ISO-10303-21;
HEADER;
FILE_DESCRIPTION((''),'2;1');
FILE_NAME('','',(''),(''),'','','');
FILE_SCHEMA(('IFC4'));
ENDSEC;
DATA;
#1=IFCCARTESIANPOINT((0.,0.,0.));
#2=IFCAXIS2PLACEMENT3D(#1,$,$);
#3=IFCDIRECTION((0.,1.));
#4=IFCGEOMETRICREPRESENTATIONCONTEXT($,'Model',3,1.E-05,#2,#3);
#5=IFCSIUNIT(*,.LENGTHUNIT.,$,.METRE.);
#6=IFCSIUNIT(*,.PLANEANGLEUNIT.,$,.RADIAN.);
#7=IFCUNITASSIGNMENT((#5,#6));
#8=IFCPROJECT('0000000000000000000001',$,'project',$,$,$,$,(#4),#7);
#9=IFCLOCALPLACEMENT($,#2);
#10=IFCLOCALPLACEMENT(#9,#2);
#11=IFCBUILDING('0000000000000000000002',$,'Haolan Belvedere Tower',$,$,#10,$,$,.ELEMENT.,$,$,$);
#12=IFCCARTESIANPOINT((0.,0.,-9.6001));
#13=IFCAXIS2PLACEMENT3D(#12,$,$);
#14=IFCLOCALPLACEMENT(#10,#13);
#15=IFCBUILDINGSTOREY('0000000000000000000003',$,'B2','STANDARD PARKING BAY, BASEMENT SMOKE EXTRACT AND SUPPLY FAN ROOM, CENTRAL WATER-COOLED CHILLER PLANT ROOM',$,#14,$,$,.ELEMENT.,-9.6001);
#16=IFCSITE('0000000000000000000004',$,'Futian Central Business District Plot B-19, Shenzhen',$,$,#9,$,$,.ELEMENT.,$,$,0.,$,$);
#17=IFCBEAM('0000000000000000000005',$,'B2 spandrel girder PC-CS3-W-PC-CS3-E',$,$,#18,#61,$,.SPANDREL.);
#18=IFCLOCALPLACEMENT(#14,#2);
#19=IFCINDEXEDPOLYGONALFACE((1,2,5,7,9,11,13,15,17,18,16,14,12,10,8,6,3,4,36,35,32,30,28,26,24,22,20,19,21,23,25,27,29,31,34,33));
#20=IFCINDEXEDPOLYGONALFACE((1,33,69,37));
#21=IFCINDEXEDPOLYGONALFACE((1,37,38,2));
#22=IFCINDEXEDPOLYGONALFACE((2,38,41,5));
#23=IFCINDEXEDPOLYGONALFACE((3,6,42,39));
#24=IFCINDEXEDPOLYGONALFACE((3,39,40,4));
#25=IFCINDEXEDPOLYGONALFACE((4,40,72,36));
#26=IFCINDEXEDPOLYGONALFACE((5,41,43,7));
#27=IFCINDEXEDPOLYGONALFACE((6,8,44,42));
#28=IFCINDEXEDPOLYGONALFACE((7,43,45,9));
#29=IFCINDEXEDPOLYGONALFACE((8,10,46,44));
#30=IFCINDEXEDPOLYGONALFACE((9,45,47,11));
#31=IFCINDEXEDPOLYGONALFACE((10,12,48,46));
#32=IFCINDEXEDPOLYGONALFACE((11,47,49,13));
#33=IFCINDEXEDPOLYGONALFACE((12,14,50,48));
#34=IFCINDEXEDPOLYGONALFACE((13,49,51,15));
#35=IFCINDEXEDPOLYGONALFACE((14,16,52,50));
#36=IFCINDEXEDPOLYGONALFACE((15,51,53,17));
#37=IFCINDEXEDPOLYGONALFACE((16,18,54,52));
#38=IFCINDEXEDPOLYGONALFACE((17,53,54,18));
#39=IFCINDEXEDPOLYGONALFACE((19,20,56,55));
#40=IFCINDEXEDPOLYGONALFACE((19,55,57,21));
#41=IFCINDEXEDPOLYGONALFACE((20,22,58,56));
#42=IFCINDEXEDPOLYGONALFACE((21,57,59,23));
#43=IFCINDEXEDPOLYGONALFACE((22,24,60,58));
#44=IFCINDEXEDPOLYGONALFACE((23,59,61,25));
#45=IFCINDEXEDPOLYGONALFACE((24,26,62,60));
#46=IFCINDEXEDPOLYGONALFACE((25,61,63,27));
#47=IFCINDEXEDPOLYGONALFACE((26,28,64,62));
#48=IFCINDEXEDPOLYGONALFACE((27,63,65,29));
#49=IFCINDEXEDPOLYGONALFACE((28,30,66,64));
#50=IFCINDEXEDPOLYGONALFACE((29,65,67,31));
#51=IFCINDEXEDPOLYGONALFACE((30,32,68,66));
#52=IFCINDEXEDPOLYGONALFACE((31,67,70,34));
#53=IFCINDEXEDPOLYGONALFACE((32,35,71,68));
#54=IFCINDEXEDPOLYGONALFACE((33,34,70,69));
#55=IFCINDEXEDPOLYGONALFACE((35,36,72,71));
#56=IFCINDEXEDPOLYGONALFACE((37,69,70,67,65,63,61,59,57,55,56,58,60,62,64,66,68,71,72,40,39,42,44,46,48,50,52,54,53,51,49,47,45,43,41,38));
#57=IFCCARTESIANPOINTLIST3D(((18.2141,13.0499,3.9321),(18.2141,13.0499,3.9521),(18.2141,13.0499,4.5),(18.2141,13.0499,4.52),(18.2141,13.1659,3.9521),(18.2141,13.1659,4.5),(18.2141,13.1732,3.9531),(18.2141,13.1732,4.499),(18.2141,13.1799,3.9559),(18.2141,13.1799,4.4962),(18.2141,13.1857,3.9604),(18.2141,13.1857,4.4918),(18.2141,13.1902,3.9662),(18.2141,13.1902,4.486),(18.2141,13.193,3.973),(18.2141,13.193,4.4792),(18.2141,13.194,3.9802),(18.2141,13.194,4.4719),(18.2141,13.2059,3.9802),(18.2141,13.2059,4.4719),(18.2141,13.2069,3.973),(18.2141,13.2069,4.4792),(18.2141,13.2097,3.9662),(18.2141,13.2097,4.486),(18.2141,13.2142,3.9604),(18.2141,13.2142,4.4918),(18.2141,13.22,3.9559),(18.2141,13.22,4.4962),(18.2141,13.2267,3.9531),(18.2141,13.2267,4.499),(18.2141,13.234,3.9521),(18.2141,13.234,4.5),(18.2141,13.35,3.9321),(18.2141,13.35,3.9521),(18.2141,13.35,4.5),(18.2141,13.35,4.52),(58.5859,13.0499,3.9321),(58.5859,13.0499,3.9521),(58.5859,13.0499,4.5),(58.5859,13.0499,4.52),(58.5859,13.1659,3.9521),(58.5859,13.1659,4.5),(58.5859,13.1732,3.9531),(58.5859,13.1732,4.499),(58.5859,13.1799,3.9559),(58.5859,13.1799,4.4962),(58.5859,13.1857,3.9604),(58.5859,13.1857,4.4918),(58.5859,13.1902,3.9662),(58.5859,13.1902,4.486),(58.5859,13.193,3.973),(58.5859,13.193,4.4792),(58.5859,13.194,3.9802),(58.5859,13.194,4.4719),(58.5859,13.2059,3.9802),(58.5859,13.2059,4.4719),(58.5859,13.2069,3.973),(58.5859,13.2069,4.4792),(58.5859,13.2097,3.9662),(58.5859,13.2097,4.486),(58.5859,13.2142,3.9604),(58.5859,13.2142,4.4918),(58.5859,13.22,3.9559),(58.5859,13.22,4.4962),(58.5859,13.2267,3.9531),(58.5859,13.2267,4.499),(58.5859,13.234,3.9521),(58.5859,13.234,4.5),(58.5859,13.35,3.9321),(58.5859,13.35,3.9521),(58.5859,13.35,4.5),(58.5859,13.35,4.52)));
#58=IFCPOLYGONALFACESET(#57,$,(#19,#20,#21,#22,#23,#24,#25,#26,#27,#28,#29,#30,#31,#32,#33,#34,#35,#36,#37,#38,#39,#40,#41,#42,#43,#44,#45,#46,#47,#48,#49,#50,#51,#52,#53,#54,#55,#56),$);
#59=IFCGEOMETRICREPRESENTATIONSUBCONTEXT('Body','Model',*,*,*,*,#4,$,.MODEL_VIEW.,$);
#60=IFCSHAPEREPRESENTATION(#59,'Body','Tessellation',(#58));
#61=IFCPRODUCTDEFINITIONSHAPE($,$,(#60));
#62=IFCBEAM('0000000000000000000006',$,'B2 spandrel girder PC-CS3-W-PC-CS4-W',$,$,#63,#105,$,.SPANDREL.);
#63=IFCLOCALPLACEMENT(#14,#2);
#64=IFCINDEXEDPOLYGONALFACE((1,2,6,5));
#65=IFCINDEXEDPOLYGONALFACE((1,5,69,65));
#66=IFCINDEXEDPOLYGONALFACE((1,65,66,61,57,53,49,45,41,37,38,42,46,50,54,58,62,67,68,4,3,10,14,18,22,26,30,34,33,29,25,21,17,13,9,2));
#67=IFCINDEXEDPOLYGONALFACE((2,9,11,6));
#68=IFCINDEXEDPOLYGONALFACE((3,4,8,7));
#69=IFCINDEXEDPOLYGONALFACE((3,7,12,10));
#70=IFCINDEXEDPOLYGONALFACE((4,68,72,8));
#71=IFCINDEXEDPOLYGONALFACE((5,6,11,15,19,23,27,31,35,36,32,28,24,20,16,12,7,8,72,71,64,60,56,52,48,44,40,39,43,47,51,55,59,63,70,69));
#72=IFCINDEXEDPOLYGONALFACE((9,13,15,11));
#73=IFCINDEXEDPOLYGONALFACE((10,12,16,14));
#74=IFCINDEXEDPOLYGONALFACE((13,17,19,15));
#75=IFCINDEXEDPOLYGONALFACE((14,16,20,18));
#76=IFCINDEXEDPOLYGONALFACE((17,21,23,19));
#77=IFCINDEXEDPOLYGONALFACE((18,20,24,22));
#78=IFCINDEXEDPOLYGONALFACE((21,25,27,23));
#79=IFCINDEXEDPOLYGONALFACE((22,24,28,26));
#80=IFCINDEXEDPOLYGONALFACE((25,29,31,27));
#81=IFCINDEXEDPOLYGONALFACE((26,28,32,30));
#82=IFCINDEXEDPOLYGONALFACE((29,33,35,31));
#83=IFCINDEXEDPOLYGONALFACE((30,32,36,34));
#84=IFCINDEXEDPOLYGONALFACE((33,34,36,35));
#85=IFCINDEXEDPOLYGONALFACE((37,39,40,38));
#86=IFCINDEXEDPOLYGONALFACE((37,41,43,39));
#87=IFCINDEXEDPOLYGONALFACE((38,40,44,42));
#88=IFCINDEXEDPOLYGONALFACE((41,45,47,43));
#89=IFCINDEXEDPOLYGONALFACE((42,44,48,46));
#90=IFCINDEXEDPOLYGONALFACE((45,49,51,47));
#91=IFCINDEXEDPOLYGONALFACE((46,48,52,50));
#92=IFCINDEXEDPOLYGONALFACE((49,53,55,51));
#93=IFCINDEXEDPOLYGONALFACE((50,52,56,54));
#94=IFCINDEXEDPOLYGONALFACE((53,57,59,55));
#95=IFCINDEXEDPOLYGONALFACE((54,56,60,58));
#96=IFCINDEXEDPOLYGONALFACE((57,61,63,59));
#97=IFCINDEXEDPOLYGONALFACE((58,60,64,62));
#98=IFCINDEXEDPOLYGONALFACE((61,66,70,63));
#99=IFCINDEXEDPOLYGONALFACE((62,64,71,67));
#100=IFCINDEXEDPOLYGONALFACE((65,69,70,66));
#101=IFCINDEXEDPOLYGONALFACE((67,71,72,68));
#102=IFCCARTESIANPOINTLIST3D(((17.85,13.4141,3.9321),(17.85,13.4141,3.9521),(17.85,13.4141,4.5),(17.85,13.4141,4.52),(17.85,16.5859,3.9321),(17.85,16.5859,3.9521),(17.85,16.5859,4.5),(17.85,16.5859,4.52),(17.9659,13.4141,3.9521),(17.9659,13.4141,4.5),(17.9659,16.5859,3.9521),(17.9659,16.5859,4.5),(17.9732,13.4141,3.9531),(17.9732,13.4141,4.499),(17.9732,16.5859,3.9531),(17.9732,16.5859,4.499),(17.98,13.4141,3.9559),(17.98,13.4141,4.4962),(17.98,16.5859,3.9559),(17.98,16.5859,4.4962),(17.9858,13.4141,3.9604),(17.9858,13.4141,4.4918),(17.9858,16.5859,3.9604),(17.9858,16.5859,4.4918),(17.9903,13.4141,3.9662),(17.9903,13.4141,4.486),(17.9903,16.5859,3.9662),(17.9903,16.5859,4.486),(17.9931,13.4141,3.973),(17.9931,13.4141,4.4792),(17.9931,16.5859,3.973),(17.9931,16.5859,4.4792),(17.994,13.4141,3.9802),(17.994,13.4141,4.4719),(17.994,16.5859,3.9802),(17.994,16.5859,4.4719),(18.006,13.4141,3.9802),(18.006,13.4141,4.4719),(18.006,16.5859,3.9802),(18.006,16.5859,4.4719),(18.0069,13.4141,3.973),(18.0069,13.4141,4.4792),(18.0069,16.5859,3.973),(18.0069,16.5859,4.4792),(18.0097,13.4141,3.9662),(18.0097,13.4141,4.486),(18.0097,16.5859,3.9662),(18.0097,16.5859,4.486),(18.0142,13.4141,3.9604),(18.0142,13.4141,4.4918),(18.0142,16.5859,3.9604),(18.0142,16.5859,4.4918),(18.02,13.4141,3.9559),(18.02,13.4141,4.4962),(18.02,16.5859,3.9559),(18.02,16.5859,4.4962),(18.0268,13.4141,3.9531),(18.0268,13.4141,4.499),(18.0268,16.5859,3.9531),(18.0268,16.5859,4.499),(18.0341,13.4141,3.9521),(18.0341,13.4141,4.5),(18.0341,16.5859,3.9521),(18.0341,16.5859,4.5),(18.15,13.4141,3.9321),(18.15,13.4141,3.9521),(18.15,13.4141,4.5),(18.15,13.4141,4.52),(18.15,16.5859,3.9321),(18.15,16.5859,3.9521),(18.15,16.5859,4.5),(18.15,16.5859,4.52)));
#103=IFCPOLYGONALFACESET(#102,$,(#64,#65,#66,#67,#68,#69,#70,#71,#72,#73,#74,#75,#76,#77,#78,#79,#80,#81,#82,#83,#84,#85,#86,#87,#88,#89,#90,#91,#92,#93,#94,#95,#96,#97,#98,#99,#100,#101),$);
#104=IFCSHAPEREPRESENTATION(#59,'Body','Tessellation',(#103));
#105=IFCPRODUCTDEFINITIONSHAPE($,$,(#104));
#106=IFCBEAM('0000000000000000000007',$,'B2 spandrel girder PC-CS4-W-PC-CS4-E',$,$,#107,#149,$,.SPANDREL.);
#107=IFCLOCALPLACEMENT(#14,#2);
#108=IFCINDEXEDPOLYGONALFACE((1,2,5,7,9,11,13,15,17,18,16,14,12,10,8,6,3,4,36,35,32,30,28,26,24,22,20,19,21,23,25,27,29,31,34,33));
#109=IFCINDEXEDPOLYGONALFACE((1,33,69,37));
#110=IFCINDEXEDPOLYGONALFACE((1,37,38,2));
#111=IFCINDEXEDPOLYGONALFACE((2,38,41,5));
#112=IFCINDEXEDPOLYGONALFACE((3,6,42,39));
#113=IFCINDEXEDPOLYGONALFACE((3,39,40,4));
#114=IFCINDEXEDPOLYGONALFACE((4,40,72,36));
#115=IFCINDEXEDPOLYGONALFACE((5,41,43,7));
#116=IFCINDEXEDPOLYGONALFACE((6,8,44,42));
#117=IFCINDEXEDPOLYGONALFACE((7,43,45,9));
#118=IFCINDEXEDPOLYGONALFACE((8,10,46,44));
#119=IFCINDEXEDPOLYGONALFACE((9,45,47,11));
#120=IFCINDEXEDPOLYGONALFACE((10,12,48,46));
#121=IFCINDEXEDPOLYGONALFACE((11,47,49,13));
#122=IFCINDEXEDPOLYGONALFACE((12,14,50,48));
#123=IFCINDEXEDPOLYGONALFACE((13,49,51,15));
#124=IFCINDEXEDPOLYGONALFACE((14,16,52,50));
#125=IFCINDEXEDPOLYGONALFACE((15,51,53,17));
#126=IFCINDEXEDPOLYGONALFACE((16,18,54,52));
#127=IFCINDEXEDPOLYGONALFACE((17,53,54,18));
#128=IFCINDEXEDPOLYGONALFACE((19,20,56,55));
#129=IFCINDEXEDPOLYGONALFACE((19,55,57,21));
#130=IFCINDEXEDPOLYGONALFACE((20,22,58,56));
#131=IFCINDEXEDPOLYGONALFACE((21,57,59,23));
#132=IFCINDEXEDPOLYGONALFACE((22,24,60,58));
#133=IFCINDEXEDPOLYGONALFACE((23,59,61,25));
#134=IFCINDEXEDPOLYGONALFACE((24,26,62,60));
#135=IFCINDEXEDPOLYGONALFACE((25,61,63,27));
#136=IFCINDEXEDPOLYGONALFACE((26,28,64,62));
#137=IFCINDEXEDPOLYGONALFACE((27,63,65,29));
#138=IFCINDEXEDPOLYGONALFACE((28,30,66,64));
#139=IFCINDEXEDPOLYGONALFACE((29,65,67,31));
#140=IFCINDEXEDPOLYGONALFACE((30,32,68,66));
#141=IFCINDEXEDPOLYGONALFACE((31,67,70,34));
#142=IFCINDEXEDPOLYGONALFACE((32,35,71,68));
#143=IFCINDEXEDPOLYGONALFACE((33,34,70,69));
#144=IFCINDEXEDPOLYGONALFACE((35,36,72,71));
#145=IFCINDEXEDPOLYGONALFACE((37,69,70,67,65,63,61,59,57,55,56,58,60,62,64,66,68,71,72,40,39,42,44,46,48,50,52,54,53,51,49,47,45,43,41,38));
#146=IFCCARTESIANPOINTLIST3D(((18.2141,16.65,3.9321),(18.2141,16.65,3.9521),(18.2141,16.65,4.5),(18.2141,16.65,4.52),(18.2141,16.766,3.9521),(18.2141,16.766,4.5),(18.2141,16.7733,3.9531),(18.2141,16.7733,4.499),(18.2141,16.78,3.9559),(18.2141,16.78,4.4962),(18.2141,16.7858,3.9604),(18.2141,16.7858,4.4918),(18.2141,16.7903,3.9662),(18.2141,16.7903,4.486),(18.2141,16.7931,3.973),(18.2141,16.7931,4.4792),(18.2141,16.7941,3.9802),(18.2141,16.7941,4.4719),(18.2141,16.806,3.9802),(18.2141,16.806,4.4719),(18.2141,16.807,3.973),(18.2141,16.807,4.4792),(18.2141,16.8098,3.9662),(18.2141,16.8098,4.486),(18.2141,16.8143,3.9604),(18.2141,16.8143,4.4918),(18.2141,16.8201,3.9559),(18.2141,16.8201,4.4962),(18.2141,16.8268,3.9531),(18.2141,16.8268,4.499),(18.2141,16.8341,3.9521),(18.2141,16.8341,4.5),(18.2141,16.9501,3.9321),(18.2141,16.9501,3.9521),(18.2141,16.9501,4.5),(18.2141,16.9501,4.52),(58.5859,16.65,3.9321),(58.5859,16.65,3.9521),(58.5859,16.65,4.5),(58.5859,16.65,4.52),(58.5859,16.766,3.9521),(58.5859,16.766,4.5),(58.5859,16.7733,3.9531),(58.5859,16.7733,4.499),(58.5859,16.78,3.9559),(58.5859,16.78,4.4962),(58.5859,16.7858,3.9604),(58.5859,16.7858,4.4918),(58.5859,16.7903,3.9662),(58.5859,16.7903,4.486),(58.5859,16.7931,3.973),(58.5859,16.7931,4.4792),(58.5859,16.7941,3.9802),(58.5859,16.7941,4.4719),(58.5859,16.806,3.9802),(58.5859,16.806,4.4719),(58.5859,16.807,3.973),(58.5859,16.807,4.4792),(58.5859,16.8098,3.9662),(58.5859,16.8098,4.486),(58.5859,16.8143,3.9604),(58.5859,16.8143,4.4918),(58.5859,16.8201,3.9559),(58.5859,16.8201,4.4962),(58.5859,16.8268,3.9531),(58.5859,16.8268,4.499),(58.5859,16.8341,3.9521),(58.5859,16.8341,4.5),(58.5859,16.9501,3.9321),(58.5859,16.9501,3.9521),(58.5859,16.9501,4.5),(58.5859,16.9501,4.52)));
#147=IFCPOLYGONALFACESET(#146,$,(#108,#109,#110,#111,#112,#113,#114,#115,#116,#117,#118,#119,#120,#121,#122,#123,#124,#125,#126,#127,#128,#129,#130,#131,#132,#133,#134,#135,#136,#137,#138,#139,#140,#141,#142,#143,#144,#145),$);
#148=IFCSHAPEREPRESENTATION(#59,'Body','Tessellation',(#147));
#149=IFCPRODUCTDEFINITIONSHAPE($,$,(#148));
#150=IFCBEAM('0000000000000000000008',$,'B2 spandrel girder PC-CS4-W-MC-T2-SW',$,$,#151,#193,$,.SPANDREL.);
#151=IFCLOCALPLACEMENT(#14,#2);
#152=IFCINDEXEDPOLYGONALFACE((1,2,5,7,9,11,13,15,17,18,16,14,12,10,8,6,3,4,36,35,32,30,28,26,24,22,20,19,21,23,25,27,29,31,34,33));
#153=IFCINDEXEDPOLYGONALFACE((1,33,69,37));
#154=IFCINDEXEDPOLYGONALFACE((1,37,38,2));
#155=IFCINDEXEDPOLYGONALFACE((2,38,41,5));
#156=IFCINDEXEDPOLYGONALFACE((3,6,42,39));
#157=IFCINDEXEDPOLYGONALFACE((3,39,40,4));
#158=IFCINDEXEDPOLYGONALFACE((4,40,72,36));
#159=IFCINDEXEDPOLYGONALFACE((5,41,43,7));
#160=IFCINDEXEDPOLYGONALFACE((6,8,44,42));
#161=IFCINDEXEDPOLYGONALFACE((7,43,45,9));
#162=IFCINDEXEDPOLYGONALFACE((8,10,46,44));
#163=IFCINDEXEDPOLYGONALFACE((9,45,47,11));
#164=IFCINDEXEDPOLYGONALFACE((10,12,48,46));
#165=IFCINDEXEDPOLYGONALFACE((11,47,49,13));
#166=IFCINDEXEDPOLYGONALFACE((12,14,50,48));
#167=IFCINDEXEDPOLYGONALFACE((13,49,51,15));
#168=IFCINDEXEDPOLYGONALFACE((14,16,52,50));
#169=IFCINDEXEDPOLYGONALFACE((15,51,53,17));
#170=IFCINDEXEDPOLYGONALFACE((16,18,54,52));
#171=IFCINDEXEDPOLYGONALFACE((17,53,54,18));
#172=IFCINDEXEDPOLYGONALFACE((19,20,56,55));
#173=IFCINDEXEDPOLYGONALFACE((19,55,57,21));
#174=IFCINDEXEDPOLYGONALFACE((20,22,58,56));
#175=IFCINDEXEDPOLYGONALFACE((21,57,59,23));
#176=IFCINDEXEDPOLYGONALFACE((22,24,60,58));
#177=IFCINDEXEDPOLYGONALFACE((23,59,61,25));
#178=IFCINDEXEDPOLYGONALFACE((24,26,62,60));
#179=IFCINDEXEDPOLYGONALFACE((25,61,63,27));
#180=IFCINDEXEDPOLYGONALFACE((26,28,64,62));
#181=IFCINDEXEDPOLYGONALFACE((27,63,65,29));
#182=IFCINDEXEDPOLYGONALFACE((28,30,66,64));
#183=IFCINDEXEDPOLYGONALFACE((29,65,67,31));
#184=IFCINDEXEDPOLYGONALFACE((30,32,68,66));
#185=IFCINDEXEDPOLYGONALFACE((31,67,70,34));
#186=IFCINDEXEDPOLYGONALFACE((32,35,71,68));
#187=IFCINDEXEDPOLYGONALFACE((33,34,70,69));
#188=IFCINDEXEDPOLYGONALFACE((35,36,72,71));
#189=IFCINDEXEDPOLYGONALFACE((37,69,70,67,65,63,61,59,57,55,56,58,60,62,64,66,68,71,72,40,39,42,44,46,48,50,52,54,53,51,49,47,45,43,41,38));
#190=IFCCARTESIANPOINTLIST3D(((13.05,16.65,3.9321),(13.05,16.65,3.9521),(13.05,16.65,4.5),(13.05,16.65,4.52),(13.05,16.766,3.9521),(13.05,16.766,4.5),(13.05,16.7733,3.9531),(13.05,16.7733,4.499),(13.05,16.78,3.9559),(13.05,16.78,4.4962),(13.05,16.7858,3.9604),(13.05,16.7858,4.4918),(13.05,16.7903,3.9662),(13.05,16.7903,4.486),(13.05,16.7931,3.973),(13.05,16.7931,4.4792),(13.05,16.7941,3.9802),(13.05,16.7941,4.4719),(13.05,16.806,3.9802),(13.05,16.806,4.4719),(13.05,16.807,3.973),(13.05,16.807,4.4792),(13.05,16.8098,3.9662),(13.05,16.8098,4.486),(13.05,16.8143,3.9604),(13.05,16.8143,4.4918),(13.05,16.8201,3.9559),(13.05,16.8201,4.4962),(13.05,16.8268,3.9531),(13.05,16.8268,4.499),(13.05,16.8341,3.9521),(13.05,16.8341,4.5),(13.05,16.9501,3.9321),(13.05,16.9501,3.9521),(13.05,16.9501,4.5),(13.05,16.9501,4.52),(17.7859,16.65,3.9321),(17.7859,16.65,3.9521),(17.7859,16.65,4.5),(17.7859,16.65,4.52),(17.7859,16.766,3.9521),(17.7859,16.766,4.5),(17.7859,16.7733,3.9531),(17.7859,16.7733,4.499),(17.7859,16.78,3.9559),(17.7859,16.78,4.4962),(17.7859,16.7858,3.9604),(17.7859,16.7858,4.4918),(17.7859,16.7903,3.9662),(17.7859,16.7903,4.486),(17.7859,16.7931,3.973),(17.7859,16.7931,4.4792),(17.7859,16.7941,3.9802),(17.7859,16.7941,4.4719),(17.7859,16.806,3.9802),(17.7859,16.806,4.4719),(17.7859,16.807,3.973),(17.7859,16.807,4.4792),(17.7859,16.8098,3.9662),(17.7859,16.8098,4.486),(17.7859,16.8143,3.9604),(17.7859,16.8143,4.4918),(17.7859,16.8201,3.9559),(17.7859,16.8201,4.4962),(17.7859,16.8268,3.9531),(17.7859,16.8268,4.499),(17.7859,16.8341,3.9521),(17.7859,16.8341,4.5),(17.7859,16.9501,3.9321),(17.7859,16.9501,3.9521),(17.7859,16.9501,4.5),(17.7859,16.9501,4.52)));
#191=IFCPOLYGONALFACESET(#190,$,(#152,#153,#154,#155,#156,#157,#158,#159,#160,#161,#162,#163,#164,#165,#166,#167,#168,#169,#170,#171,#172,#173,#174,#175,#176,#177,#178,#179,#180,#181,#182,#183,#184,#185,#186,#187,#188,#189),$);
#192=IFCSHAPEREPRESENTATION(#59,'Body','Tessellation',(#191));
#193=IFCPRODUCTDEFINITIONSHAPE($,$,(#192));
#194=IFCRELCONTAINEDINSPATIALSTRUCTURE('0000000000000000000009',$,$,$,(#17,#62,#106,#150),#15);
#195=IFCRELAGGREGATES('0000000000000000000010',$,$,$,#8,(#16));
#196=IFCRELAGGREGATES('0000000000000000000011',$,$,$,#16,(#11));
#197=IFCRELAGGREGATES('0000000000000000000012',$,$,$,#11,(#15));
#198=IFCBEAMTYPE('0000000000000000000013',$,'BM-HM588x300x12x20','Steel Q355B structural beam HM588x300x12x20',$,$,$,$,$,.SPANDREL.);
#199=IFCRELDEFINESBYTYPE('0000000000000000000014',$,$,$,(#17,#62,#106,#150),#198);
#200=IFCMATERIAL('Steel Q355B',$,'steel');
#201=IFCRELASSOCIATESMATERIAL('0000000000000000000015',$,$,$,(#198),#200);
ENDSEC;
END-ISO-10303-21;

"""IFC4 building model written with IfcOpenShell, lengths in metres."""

from ifc_helpers import new_model, si_unit, direction, frame, origin, origin_2d, place, context, subcontext, project, spatial, i_section, extrude, material, material_profile, profile_set, type_object, element, save


model = new_model("IFC4")

# Units and contexts
model_context = context("Model", 3, precision=1e-05, world=origin(), true_north=direction((0.0, 1.0)))
body_context = subcontext(model_context, "Body", "Model", "MODEL_VIEW")
ifc_project = project(units=[si_unit("LENGTHUNIT", "METRE"), si_unit("PLANEANGLEUNIT", "RADIAN")], contexts=[model_context])

# Site, building, storey
site_placement = place(None, origin())
site = spatial("IfcSite", under=ifc_project, at=site_placement, Name="Futian Central Business District Plot B-19, Shenzhen", CompositionType="ELEMENT", RefElevation=0.0)
building_placement = place(site_placement, origin())
building = spatial("IfcBuilding", under=site, at=building_placement, Name="Haolan Belvedere Tower", CompositionType="ELEMENT")
storey_placement = place(building_placement, frame((0.0, 0.0, -9.6001)))
storey = spatial("IfcBuildingStorey", under=building, at=storey_placement, Name="B2", Description="STANDARD PARKING BAY, BASEMENT SMOKE EXTRACT AND SUPPLY FAN ROOM, CENTRAL WATER-COOLED CHILLER PLANT ROOM", CompositionType="ELEMENT", Elevation=-9.6001)

# Shared definitions
ifc_material_1 = material(Name="Steel Q355B", Category="steel")

# Beams
ifc_material_profile_1 = material_profile(ifc_material_1, i_section(OverallWidth=0.3, OverallDepth=0.5879, WebThickness=0.012, FlangeThickness=0.02, FilletRadius=0.0281, at=origin_2d()), Name="Steel Q355B")
ifc_profile_set_1 = profile_set([ifc_material_profile_1], Name="Steel Q355B")
beam_type = type_object("IfcBeamType", Name="BM-HM588x300x12x20", Description="Steel Q355B structural beam HM588x300x12x20", PredefinedType="SPANDREL", material=ifc_profile_set_1)
beam_1_placement = place(storey_placement, frame((18.2141, 13.2, 4.2261), z_axis=(1.0, 0.0, 0.0), x_axis=(0.0, 1.0, 0.0)))
element("IfcBeam", 1, at=beam_1_placement, inside=storey, type_object=beam_type, Name="B2 spandrel girder PC-CS3-W-PC-CS3-E", PredefinedType="SPANDREL", context=body_context, shape_type="SweptSolid", body=[
    extrude(i_section(OverallWidth=0.3, OverallDepth=0.5879, WebThickness=0.012, FlangeThickness=0.02, FilletRadius=0.0281, at=origin_2d()), origin(), (0.0, 0.0, 1.0), 40.3718),
])
beam_2_placement = place(storey_placement, frame((18.0, 13.4141, 4.2261), z_axis=(0.0, 1.0, 0.0), x_axis=(-1.0, 0.0, 0.0)))
element("IfcBeam", 2, at=beam_2_placement, inside=storey, type_object=beam_type, Name="B2 spandrel girder PC-CS3-W-PC-CS4-W", PredefinedType="SPANDREL", context=body_context, shape_type="SweptSolid", body=[
    extrude(i_section(OverallWidth=0.3, OverallDepth=0.5879, WebThickness=0.012, FlangeThickness=0.02, FilletRadius=0.0281, at=origin_2d()), origin(), (0.0, 0.0, 1.0), 3.1719),
])
beam_3_placement = place(storey_placement, frame((18.2141, 16.8, 4.2261), z_axis=(1.0, 0.0, 0.0), x_axis=(0.0, 1.0, 0.0)))
element("IfcBeam", 3, at=beam_3_placement, inside=storey, type_object=beam_type, Name="B2 spandrel girder PC-CS4-W-PC-CS4-E", PredefinedType="SPANDREL", context=body_context, shape_type="SweptSolid", body=[
    extrude(i_section(OverallWidth=0.3, OverallDepth=0.5879, WebThickness=0.012, FlangeThickness=0.02, FilletRadius=0.0281, at=origin_2d()), origin(), (0.0, 0.0, 1.0), 40.3718),
])
beam_4_placement = place(storey_placement, frame((17.7859, 16.8, 4.2261), z_axis=(-1.0, 0.0, 0.0), x_axis=(0.0, -1.0, 0.0)))
element("IfcBeam", 4, at=beam_4_placement, inside=storey, type_object=beam_type, Name="B2 spandrel girder PC-CS4-W-MC-T2-SW", PredefinedType="SPANDREL", context=body_context, shape_type="SweptSolid", body=[
    extrude(i_section(OverallWidth=0.3, OverallDepth=0.5879, WebThickness=0.012, FlangeThickness=0.02, FilletRadius=0.0281, at=origin_2d()), origin(), (0.0, 0.0, 1.0), 4.7358),
])

save(model, "model.ifc")
